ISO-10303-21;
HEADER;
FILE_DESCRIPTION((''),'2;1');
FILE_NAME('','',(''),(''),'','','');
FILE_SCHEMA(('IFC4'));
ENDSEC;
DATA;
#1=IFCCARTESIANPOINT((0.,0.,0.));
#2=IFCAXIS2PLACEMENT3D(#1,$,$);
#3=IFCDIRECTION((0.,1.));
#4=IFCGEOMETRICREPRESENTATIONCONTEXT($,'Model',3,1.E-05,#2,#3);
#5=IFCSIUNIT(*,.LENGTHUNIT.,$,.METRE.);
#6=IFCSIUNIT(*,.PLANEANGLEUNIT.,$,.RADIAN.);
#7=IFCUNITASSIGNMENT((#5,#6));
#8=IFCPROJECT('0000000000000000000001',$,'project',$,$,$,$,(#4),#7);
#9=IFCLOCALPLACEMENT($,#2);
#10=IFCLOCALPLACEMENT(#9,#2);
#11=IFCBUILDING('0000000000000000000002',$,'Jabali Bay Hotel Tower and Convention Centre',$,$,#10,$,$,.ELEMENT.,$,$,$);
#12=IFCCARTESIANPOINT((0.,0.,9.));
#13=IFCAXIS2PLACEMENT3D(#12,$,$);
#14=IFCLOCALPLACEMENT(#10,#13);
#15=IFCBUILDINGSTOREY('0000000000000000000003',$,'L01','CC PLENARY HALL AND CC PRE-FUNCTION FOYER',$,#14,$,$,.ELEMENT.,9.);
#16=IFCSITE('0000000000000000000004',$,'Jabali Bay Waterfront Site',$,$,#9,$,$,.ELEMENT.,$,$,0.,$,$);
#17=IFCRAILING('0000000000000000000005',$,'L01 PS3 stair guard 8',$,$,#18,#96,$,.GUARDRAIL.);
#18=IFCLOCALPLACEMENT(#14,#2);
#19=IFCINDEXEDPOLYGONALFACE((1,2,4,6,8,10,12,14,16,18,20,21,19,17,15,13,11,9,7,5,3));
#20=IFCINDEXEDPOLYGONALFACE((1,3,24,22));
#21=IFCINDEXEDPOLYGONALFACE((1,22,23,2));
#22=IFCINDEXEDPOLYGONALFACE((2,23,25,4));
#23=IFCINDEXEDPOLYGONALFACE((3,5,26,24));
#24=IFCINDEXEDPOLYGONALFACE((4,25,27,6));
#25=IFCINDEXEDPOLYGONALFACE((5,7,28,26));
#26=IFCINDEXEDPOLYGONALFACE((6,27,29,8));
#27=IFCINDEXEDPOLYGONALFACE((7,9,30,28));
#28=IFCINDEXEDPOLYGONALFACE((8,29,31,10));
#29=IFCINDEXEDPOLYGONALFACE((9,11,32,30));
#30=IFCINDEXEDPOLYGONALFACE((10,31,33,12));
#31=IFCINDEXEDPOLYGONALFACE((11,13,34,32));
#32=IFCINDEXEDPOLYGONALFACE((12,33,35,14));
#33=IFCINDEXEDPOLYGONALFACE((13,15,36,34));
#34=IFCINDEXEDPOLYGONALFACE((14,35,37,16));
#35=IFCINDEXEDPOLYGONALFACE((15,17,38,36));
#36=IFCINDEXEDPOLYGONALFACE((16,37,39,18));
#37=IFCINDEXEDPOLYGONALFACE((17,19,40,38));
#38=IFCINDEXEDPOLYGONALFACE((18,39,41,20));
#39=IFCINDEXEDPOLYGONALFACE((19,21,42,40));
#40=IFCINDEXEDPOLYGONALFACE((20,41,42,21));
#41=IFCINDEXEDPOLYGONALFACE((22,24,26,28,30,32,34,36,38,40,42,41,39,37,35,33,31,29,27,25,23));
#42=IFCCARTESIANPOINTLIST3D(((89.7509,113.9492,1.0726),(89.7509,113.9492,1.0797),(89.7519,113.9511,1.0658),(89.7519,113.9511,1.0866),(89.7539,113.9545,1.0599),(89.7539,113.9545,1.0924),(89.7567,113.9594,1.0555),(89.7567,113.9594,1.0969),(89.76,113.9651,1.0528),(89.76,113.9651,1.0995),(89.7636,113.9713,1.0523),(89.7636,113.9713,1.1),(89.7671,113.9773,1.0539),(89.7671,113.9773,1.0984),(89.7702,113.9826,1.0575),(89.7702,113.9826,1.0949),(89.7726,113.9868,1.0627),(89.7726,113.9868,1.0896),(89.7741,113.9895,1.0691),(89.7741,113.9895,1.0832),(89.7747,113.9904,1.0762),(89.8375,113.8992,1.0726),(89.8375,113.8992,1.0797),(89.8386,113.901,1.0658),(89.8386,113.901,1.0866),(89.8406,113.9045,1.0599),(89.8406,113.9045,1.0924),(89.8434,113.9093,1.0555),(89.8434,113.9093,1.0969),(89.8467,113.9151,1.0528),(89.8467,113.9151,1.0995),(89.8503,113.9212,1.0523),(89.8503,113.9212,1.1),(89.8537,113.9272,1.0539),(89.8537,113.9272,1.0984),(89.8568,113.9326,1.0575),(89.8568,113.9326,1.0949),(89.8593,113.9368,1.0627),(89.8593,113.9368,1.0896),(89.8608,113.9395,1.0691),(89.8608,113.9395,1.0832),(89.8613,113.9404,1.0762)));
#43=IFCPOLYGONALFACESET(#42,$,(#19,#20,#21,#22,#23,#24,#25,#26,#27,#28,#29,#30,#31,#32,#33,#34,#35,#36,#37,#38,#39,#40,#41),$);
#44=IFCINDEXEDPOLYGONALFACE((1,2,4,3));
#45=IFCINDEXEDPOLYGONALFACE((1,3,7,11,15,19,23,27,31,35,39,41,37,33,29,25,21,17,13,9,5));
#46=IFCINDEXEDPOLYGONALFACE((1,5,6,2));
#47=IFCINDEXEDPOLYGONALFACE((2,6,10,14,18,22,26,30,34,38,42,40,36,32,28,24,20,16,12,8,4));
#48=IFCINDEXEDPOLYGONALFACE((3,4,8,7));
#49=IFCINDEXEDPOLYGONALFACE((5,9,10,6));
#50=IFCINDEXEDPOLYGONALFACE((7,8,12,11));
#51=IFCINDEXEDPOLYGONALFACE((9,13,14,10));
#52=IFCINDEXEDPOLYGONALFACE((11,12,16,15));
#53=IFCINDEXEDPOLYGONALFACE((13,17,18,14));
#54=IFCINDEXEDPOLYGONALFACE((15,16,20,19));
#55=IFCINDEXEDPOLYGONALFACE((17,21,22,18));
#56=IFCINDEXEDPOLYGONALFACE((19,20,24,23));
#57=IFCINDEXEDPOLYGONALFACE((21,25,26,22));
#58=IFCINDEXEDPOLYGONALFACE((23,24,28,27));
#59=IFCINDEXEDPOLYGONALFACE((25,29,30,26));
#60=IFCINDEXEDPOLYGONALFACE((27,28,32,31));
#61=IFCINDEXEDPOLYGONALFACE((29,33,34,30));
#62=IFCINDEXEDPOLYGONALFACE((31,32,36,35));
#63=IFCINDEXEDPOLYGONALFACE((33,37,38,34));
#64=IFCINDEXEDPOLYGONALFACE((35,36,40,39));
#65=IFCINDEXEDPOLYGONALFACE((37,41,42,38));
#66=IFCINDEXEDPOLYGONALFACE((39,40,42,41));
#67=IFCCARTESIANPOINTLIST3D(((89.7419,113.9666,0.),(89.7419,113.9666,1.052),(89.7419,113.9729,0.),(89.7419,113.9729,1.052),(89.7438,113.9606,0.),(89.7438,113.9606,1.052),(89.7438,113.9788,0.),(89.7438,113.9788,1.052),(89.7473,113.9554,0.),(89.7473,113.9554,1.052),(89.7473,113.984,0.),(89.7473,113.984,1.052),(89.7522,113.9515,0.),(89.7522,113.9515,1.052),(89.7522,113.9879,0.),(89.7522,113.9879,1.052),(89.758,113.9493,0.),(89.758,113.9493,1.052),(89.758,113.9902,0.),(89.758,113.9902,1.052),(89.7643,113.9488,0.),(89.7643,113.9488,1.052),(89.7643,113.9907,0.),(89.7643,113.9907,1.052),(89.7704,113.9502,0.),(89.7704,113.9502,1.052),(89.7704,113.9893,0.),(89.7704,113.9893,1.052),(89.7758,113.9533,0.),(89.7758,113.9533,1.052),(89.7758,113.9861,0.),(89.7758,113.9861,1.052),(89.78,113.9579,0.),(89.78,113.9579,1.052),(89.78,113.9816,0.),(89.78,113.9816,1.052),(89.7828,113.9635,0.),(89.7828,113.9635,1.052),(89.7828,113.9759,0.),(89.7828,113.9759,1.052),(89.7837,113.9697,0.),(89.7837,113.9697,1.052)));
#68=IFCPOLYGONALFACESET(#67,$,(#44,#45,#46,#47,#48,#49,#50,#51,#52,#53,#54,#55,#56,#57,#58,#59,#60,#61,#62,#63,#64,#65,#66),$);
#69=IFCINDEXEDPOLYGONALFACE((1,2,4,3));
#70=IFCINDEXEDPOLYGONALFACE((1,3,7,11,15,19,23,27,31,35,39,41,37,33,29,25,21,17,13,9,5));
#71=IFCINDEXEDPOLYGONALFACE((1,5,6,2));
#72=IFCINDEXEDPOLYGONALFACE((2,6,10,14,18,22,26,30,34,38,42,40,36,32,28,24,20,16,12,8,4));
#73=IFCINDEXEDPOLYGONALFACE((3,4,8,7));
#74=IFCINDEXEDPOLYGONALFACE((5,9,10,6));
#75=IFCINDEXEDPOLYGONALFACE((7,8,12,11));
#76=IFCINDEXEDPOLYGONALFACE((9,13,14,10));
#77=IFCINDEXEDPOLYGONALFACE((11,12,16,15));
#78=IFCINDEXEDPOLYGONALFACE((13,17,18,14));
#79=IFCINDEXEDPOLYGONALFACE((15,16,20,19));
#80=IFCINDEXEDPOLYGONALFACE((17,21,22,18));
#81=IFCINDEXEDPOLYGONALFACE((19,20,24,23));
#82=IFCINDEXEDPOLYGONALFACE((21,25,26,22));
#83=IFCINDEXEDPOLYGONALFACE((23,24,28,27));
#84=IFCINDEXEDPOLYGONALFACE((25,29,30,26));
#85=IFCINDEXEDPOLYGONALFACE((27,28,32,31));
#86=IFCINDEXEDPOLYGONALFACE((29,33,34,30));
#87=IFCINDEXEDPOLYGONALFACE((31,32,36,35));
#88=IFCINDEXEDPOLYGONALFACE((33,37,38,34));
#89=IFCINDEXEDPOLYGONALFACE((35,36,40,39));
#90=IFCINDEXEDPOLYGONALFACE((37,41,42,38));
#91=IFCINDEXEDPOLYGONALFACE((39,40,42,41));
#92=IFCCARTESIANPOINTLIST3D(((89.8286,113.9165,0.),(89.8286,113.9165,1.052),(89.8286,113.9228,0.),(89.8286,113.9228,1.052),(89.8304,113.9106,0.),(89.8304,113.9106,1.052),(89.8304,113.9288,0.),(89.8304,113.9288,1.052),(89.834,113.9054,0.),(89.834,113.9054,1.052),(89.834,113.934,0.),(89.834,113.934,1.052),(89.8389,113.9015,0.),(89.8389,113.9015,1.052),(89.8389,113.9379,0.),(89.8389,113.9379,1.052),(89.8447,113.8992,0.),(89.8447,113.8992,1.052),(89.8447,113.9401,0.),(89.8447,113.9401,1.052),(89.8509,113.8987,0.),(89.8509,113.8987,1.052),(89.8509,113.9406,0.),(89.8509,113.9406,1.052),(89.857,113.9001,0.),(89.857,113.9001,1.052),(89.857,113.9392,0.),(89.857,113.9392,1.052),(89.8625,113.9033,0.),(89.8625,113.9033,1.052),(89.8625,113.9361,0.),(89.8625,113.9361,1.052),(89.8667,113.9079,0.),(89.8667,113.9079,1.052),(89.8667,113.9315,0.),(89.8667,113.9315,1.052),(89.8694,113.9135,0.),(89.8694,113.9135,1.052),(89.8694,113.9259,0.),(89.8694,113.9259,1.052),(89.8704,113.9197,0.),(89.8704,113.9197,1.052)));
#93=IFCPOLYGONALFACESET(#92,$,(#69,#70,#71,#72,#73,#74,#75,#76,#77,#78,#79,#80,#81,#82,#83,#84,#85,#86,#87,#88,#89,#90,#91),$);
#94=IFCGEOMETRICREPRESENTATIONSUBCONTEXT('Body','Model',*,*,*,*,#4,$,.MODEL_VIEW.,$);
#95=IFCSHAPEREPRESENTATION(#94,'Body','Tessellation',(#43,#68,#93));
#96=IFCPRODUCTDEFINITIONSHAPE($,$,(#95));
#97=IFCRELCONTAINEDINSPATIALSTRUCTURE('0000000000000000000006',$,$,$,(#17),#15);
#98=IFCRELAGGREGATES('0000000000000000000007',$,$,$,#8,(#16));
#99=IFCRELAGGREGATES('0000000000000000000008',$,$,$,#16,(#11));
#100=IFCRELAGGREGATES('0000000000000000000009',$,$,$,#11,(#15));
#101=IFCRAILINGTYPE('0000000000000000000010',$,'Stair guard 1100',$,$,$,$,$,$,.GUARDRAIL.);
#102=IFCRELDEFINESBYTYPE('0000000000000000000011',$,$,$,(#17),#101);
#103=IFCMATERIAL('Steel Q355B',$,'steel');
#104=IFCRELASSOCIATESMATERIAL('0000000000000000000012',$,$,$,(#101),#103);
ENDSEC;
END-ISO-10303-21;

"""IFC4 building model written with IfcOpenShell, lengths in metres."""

from ifc_helpers import new_model, si_unit, direction, frame, origin, origin_2d, place, context, subcontext, project, spatial, circle, extrude, material, type_object, element, save


model = new_model("IFC4")

# Units and contexts
model_context = context("Model", 3, precision=1e-05, world=origin(), true_north=direction((0.0, 1.0)))
body_context = subcontext(model_context, "Body", "Model", "MODEL_VIEW")
ifc_project = project(units=[si_unit("LENGTHUNIT", "METRE"), si_unit("PLANEANGLEUNIT", "RADIAN")], contexts=[model_context])

# Site, building, storey
site_placement = place(None, origin())
site = spatial("IfcSite", under=ifc_project, at=site_placement, Name="Jabali Bay Waterfront Site", CompositionType="ELEMENT", RefElevation=0.0)
building_placement = place(site_placement, origin())
building = spatial("IfcBuilding", under=site, at=building_placement, Name="Jabali Bay Hotel Tower and Convention Centre", CompositionType="ELEMENT")
storey_placement = place(building_placement, frame((0.0, 0.0, 9.0)))
storey = spatial("IfcBuildingStorey", under=building, at=storey_placement, Name="L01", Description="CC PLENARY HALL AND CC PRE-FUNCTION FOYER", CompositionType="ELEMENT", Elevation=9.0)

# Railing
ifc_material_1 = material(Name="Steel Q355B", Category="steel")
railing_type_1 = type_object("IfcRailingType", Name="Stair guard 1100", PredefinedType="GUARDRAIL", material=ifc_material_1)
railing_1_placement = place(storey_placement, frame((89.7627, 113.9697, 0.0)))
element("IfcRailing", 1, at=railing_1_placement, inside=storey, type_object=railing_type_1, Name="L01 PS3 stair guard 8", PredefinedType="GUARDRAIL", context=body_context, shape_type="SweptSolid", body=[
    extrude(circle(Radius=0.0239, at=origin_2d()), frame((0.0, 0.0, 1.0762), z_axis=(0.865982, -0.500074, 0.0), x_axis=(0.500074, 0.865982, 0.0)), (0.0, 0.0, 1.0), 0.1001),
    extrude(circle(Radius=0.021, at=origin_2d()), origin(), (0.0, 0.0, 1.0), 1.052),
    extrude(circle(Radius=0.021, at=origin_2d()), frame((0.0867, -0.05, 0.0)), (0.0, 0.0, 1.0), 1.052),
])

save(model, "model.ifc")
